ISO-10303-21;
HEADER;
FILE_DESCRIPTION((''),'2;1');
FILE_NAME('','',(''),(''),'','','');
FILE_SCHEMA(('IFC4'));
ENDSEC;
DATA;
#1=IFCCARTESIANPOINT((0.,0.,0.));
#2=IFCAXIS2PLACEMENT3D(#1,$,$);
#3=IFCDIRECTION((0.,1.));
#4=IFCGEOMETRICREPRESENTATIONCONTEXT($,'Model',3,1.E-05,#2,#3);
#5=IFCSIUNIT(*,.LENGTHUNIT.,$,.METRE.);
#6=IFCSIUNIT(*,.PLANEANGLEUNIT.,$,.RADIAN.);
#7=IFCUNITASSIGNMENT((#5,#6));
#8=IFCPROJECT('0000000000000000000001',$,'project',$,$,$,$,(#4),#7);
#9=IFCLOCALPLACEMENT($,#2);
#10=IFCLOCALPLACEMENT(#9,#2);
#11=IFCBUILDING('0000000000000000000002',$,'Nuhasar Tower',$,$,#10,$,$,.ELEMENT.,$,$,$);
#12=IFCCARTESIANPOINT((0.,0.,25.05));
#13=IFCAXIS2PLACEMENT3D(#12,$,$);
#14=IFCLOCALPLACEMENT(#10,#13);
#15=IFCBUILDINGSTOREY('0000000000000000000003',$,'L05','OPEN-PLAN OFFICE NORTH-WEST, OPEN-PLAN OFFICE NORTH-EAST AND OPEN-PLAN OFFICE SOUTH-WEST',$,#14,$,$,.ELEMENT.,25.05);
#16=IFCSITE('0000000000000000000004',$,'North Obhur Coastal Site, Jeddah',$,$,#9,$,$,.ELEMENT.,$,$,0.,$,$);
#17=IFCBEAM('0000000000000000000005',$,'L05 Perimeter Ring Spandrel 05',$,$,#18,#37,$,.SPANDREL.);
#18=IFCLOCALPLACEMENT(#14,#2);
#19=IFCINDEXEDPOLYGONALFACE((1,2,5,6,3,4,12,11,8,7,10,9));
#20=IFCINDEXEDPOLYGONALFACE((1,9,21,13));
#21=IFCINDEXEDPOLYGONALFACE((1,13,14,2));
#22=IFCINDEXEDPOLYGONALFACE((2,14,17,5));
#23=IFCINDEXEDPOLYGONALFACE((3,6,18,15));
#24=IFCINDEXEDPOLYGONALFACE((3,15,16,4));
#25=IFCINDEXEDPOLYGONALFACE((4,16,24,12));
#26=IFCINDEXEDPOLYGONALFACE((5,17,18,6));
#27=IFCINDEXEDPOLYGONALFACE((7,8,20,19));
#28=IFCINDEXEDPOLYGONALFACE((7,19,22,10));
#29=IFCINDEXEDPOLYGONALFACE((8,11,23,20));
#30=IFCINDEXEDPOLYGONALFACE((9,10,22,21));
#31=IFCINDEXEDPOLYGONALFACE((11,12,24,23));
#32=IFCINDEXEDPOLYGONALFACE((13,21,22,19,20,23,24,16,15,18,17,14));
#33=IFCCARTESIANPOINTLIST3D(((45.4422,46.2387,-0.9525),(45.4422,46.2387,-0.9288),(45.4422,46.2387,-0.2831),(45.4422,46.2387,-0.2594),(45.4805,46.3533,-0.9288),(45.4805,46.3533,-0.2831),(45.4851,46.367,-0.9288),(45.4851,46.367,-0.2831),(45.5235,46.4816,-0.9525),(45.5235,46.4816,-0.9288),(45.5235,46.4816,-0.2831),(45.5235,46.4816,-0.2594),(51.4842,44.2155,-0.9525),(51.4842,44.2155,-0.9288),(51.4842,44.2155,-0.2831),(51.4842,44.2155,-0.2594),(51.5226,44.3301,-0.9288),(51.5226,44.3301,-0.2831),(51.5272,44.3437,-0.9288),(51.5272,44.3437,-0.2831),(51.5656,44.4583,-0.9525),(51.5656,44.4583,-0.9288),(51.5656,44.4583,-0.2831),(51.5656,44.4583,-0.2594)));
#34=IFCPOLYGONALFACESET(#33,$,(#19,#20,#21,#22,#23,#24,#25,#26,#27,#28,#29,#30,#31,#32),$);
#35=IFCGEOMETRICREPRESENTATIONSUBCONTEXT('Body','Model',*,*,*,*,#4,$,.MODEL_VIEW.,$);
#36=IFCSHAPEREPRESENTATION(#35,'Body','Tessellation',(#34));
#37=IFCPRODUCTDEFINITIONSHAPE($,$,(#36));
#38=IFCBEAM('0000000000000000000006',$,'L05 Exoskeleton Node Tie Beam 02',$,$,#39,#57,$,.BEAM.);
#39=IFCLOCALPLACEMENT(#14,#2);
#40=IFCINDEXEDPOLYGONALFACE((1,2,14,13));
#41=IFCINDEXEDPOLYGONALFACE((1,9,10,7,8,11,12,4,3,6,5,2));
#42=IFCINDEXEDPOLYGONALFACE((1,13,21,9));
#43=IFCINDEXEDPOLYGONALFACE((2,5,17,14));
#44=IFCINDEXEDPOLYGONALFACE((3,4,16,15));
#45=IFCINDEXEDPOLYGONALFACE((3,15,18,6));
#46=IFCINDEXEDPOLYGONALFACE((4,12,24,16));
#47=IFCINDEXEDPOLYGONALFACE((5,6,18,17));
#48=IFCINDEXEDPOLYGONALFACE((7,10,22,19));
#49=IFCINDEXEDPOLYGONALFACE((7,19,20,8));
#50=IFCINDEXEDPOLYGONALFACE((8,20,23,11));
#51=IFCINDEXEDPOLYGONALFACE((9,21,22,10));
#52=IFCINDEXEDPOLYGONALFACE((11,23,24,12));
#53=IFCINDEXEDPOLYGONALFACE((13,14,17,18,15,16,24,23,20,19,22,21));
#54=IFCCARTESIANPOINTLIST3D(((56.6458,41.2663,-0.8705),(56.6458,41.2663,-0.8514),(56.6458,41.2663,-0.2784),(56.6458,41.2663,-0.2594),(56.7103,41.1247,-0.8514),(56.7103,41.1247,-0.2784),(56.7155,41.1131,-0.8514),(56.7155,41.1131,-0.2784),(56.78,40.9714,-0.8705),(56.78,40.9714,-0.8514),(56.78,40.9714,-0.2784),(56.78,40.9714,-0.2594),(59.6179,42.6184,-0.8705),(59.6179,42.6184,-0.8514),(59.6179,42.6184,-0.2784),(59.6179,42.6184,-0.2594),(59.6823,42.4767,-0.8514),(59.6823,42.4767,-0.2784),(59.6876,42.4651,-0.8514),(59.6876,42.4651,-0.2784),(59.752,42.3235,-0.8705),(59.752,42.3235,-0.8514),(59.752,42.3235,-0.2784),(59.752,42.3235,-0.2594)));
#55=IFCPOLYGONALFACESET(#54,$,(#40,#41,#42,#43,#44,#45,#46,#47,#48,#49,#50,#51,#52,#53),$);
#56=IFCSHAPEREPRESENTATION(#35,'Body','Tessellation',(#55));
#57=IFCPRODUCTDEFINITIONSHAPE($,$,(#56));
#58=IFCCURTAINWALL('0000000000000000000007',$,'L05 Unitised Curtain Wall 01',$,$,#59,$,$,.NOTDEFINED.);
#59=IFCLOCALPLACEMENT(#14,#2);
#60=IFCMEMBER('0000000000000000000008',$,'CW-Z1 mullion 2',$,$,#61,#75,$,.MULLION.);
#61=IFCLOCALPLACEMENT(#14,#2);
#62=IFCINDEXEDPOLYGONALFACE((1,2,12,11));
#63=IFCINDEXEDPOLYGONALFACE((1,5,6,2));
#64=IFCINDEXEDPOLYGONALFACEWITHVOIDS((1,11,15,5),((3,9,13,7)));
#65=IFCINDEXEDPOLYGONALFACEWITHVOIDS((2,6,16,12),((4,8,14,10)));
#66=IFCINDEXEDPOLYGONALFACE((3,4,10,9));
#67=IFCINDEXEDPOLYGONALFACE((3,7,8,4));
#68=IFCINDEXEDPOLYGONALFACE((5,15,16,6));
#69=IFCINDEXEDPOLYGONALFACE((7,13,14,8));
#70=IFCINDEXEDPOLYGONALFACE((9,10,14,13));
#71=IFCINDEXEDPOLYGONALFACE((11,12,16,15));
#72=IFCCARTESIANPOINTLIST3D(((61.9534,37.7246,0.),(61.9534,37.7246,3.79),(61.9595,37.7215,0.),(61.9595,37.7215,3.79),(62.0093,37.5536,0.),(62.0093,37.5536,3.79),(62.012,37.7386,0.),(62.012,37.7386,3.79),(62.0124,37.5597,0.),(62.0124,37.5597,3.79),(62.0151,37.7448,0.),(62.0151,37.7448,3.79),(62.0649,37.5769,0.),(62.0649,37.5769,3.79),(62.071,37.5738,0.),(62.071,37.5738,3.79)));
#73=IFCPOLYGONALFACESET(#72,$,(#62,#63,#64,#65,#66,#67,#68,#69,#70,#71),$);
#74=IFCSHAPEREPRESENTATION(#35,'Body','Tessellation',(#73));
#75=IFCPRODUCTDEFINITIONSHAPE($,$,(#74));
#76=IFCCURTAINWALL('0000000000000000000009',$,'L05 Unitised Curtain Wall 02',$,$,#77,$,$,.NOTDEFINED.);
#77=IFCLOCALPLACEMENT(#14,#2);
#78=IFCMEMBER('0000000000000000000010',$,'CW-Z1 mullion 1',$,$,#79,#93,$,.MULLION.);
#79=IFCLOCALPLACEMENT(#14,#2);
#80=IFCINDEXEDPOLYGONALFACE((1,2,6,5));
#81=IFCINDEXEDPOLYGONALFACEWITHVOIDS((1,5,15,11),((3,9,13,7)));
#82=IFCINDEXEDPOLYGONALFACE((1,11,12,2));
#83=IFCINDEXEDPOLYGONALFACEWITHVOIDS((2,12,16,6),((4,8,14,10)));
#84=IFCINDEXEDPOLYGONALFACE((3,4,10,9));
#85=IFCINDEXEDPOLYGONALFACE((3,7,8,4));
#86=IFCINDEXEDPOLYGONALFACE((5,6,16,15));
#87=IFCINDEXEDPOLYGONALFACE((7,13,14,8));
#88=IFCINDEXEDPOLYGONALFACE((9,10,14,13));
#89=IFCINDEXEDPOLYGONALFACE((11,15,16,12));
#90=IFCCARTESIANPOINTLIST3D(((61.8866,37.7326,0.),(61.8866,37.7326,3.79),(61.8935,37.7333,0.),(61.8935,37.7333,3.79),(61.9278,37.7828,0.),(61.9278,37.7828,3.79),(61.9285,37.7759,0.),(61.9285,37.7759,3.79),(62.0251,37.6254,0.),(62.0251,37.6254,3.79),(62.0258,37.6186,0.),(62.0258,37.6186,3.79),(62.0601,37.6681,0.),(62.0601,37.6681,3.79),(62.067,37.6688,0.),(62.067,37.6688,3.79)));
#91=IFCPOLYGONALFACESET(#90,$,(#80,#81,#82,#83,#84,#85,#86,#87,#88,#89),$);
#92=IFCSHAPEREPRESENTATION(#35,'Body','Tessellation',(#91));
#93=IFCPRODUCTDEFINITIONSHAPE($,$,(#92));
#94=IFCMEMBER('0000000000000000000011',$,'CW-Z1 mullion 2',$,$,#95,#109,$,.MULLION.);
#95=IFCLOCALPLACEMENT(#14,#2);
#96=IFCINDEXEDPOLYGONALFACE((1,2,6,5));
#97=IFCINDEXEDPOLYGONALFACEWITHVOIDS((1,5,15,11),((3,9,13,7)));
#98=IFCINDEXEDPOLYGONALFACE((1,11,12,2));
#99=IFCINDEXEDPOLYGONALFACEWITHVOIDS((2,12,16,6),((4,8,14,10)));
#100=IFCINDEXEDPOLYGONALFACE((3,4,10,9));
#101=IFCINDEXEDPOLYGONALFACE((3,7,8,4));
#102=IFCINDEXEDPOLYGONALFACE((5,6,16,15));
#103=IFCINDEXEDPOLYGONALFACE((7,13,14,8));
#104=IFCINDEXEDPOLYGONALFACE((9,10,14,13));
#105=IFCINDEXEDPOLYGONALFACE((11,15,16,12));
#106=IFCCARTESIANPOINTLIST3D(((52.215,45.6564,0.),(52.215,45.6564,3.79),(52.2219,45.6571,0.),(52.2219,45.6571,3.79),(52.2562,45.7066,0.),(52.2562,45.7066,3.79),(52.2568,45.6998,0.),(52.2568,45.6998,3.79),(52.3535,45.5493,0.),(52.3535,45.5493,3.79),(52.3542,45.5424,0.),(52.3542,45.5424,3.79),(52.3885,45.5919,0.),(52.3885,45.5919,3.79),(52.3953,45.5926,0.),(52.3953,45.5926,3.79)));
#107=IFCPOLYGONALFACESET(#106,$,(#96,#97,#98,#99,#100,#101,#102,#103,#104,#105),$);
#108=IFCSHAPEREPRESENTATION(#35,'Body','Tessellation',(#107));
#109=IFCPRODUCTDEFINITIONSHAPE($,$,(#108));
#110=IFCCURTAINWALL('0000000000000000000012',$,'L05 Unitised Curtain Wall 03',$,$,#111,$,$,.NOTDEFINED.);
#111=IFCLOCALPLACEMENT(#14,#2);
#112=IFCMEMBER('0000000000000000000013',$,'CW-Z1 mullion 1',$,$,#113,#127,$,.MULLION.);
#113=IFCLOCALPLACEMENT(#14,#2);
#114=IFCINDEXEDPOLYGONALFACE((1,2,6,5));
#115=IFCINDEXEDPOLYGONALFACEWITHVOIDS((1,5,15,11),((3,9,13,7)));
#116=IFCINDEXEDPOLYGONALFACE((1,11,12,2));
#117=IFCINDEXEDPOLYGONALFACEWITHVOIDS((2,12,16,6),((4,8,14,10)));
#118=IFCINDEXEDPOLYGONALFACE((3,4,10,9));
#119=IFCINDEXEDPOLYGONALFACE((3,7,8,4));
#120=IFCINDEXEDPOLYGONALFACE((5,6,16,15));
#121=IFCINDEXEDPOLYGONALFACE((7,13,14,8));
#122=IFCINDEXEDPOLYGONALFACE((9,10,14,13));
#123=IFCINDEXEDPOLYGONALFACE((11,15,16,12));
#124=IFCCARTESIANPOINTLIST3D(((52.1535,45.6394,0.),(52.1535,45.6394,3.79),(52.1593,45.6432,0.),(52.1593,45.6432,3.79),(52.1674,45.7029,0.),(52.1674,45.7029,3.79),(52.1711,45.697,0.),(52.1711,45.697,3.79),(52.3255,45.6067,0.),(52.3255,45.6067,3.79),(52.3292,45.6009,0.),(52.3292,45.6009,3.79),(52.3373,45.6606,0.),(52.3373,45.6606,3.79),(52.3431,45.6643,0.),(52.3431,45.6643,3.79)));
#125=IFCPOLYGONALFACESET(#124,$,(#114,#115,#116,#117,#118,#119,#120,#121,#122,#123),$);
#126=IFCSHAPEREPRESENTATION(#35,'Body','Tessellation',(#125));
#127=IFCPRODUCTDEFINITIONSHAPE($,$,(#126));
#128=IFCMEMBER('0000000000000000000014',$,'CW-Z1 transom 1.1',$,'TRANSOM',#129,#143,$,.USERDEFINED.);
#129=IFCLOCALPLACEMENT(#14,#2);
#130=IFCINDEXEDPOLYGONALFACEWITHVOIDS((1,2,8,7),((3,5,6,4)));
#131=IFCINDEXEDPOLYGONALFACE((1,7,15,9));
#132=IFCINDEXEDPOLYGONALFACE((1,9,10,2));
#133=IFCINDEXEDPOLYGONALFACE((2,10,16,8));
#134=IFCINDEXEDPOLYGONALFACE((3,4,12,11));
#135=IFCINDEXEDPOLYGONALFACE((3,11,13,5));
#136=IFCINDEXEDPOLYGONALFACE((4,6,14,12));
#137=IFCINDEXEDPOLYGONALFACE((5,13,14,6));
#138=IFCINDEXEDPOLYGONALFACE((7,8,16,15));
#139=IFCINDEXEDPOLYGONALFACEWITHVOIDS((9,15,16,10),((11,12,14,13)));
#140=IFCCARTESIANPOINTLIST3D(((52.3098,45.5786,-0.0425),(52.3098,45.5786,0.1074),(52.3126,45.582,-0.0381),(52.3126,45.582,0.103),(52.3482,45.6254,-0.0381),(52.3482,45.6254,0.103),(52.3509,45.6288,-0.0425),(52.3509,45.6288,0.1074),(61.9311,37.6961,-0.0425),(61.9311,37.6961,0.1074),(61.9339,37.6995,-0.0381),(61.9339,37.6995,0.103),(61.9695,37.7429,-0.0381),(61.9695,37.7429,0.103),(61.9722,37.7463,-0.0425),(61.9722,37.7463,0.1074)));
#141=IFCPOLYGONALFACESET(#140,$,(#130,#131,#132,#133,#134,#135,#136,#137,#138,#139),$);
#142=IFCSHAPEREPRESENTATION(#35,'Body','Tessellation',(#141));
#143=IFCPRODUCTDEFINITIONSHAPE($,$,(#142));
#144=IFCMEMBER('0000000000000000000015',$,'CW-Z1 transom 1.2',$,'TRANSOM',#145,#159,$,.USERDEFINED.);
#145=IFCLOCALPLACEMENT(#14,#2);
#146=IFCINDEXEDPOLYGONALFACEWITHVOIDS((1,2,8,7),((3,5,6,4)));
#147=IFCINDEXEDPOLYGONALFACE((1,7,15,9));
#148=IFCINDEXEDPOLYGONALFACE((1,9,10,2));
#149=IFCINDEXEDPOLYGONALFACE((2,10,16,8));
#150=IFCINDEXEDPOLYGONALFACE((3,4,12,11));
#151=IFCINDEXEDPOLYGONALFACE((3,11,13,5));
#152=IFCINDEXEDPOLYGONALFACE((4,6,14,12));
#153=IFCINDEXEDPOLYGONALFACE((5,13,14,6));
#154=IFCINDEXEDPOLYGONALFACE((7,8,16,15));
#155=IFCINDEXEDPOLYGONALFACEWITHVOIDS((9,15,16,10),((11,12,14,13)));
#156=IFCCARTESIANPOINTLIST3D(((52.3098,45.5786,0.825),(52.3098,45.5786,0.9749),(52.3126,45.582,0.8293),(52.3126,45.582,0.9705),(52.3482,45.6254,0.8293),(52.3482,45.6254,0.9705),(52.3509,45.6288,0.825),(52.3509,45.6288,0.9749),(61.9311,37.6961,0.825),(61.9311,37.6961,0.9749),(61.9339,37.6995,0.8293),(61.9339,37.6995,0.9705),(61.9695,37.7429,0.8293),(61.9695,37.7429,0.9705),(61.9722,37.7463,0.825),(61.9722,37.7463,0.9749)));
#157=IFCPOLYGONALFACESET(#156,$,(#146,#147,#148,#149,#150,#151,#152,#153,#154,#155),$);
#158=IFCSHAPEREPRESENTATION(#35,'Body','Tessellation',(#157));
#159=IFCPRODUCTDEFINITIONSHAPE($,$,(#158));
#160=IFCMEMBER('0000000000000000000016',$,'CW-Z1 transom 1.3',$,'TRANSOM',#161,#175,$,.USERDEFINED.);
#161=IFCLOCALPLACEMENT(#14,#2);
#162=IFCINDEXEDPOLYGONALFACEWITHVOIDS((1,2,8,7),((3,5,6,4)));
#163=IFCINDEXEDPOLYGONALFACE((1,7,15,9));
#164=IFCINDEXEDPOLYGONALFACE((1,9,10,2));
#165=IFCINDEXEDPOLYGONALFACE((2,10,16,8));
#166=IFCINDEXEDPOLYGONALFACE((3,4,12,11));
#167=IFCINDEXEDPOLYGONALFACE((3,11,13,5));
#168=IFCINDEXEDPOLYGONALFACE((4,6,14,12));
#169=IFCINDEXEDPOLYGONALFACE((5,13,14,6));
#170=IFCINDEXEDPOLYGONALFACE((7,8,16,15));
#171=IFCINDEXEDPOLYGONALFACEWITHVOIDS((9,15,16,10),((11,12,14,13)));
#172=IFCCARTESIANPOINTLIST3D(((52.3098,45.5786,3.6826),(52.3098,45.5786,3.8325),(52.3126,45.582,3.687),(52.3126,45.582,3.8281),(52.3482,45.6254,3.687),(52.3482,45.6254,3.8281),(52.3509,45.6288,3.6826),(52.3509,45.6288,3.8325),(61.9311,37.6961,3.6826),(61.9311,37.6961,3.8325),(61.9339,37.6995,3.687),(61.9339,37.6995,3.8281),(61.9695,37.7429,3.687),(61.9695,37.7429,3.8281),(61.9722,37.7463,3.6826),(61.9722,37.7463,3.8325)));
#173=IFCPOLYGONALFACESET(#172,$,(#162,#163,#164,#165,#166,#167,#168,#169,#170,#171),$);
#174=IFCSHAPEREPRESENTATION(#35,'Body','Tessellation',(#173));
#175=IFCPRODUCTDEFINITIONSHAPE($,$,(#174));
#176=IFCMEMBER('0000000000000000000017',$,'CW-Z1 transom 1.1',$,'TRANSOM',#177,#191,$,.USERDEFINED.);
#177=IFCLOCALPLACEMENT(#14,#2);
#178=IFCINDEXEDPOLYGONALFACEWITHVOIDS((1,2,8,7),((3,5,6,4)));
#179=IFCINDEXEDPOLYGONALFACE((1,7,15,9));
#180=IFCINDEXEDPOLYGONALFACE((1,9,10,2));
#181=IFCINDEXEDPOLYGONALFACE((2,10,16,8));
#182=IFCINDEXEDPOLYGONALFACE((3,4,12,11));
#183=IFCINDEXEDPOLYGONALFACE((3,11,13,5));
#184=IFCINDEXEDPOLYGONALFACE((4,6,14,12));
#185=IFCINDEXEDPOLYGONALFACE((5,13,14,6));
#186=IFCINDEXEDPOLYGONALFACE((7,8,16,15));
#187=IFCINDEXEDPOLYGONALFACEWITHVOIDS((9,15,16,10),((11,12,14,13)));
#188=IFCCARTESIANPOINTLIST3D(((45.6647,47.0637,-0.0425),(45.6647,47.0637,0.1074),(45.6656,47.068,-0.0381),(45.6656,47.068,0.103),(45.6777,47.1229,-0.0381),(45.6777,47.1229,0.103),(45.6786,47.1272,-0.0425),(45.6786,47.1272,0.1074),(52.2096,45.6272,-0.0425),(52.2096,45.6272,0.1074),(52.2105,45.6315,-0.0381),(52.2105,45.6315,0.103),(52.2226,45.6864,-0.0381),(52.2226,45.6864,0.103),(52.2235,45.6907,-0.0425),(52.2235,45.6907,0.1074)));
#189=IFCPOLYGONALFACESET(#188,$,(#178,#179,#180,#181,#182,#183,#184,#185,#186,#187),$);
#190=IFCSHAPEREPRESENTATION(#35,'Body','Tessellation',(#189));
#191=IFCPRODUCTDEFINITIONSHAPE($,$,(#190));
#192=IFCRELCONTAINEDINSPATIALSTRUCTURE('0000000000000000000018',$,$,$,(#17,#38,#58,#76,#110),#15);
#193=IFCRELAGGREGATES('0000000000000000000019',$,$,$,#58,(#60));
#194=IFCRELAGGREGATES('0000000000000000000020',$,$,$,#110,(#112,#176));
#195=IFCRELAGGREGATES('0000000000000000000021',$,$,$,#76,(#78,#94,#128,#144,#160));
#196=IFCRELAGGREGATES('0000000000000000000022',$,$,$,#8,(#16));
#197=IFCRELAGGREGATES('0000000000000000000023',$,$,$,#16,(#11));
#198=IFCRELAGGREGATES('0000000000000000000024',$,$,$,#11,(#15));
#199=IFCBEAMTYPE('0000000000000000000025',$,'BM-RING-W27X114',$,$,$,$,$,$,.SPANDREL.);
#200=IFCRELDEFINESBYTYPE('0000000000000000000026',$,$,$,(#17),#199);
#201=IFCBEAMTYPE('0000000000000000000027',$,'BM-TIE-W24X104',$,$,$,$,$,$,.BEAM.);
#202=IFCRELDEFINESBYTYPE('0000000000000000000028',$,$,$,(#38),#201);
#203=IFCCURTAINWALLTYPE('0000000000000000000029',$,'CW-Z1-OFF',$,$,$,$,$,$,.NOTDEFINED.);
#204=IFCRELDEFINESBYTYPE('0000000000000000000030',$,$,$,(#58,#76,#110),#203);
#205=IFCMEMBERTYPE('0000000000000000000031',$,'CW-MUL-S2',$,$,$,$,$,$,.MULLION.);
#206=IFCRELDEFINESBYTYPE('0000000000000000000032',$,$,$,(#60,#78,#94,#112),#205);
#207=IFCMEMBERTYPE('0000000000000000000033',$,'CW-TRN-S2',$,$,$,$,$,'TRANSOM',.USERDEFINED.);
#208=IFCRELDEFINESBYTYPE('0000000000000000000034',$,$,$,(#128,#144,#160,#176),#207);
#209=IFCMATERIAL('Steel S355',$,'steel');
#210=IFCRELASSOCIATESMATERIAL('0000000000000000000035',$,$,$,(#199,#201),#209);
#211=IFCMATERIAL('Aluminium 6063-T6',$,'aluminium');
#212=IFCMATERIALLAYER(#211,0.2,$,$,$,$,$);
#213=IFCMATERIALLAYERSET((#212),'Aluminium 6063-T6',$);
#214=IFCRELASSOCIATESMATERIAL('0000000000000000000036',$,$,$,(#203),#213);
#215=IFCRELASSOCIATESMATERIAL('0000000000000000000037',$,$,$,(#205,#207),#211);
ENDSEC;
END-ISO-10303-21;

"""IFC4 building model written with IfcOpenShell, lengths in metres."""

from ifc_helpers import new_model, si_unit, direction, frame, origin, origin_2d, place, context, subcontext, project, spatial, hollow_rectangle, i_section, extrude, material, layer, layer_set, material_profile, profile_set, type_object, element, aggregate, save


model = new_model("IFC4")

# Units and contexts
model_context = context("Model", 3, precision=1e-05, world=origin(), true_north=direction((0.0, 1.0)))
body_context = subcontext(model_context, "Body", "Model", "MODEL_VIEW")
ifc_project = project(units=[si_unit("LENGTHUNIT", "METRE"), si_unit("PLANEANGLEUNIT", "RADIAN")], contexts=[model_context])

# Site, building, storey
site_placement = place(None, origin())
site = spatial("IfcSite", under=ifc_project, at=site_placement, Name="North Obhur Coastal Site, Jeddah", CompositionType="ELEMENT", RefElevation=0.0)
building_placement = place(site_placement, origin())
building = spatial("IfcBuilding", under=site, at=building_placement, Name="Nuhasar Tower", CompositionType="ELEMENT")
storey_placement = place(building_placement, frame((0.0, 0.0, 25.05)))
storey = spatial("IfcBuildingStorey", under=building, at=storey_placement, Name="L05", Description="OPEN-PLAN OFFICE NORTH-WEST, OPEN-PLAN OFFICE NORTH-EAST AND OPEN-PLAN OFFICE SOUTH-WEST", CompositionType="ELEMENT", Elevation=25.05)

# Beams
ifc_material_1 = material(Name="Steel S355", Category="steel")
ifc_material_profile_1 = material_profile(ifc_material_1, i_section(OverallWidth=0.2561, OverallDepth=0.6931, WebThickness=0.0144, FlangeThickness=0.0237, at=origin_2d()), Name="W27X114")
ifc_profile_set_1 = profile_set([ifc_material_profile_1], Name="Steel S355")
beam_type_1 = type_object("IfcBeamType", Name="BM-RING-W27X114", PredefinedType="SPANDREL", material=ifc_profile_set_1)
beam_1_placement = place(storey_placement, frame((51.5249, 44.3369, -0.606), z_axis=(-0.948249, 0.317526, 0.0), x_axis=(-0.317526, -0.948249, 0.0)))
element("IfcBeam", 1, at=beam_1_placement, inside=storey, type_object=beam_type_1, Name="L05 Perimeter Ring Spandrel 05", PredefinedType="SPANDREL", context=body_context, shape_type="SweptSolid", body=[
    extrude(i_section(OverallWidth=0.2561, OverallDepth=0.6931, WebThickness=0.0144, FlangeThickness=0.0237, at=origin_2d()), origin(), (0.0, 0.0, 1.0), 6.3718),
])
ifc_material_profile_2 = material_profile(ifc_material_1, i_section(OverallWidth=0.324, OverallDepth=0.6111, WebThickness=0.0127, FlangeThickness=0.019, at=origin_2d()), Name="W24X104")
ifc_profile_set_2 = profile_set([ifc_material_profile_2], Name="Steel S355")
beam_type_2 = type_object("IfcBeamType", Name="BM-TIE-W24X104", PredefinedType="BEAM", material=ifc_profile_set_2)
beam_2_placement = place(storey_placement, frame((56.7129, 41.1189, -0.5649), z_axis=(0.910244, 0.414073, 0.0), x_axis=(-0.414073, 0.910244, 0.0)))
element("IfcBeam", 2, at=beam_2_placement, inside=storey, type_object=beam_type_2, Name="L05 Exoskeleton Node Tie Beam 02", PredefinedType="BEAM", context=body_context, shape_type="SweptSolid", body=[
    extrude(i_section(OverallWidth=0.324, OverallDepth=0.6111, WebThickness=0.0127, FlangeThickness=0.019, at=origin_2d()), origin(), (0.0, 0.0, 1.0), 3.2651),
])

# Curtain wall, member
ifc_material_2 = material(Name="Aluminium 6063-T6", Category="aluminium")
ifc_layer_1 = layer(ifc_material_2, 0.2)
ifc_layer_set_1 = layer_set([ifc_layer_1], Name="Aluminium 6063-T6")
curtain_wall_type = type_object("IfcCurtainWallType", Name="CW-Z1-OFF", PredefinedType="NOTDEFINED", material=ifc_layer_set_1)
curtain_wall_1_placement = place(storey_placement, origin())
curtain_wall_1 = element("IfcCurtainWall", 3, at=curtain_wall_1_placement, inside=storey, type_object=curtain_wall_type, Name="L05 Unitised Curtain Wall 01", PredefinedType="NOTDEFINED")
ifc_material_profile_3 = material_profile(ifc_material_2, hollow_rectangle(XDim=0.0649, YDim=0.1799, WallThickness=0.0049, at=origin_2d()), Name="CWM-2")
ifc_profile_set_3 = profile_set([ifc_material_profile_3], Name="Aluminium 6063-T6")
member_type_1 = type_object("IfcMemberType", Name="CW-MUL-S2", PredefinedType="MULLION", material=ifc_profile_set_3)
member_1_placement = place(storey_placement, frame((62.0122, 37.6492, 0.0), z_axis=(0.0, 0.0, 1.0), x_axis=(-0.950468, -0.310824, 0.0)))
member_1 = element("IfcMember", 4, at=member_1_placement, type_object=member_type_1, Name="CW-Z1 mullion 2", PredefinedType="MULLION", context=body_context, shape_type="SweptSolid", body=[
    extrude(hollow_rectangle(XDim=0.0649, YDim=0.1799, WallThickness=0.0049, at=origin_2d()), origin(), (0.0, 0.0, 1.0), 3.79),
])
aggregate(curtain_wall_1, [member_1])

# Curtain wall, members
curtain_wall_2_placement = place(storey_placement, origin())
curtain_wall_2 = element("IfcCurtainWall", 5, at=curtain_wall_2_placement, inside=storey, type_object=curtain_wall_type, Name="L05 Unitised Curtain Wall 02", PredefinedType="NOTDEFINED")
member_2_placement = place(storey_placement, frame((61.9768, 37.7007, 0.0), z_axis=(0.0, 0.0, 1.0), x_axis=(-0.633745, -0.773542, 0.0)))
member_2 = element("IfcMember", 6, at=member_2_placement, type_object=member_type_1, Name="CW-Z1 mullion 1", PredefinedType="MULLION", context=body_context, shape_type="SweptSolid", body=[
    extrude(hollow_rectangle(XDim=0.0649, YDim=0.1799, WallThickness=0.0049, at=origin_2d()), origin(), (0.0, 0.0, 1.0), 3.79),
])
member_3_placement = place(storey_placement, frame((52.3052, 45.6245, 0.0), z_axis=(0.0, 0.0, 1.0), x_axis=(-0.633745, -0.773542, 0.0)))
member_3 = element("IfcMember", 7, at=member_3_placement, type_object=member_type_1, Name="CW-Z1 mullion 2", PredefinedType="MULLION", context=body_context, shape_type="SweptSolid", body=[
    extrude(hollow_rectangle(XDim=0.0649, YDim=0.1799, WallThickness=0.0049, at=origin_2d()), origin(), (0.0, 0.0, 1.0), 3.79),
])

# Curtain wall, member
curtain_wall_3_placement = place(storey_placement, origin())
curtain_wall_3 = element("IfcCurtainWall", 8, at=curtain_wall_3_placement, inside=storey, type_object=curtain_wall_type, Name="L05 Unitised Curtain Wall 03", PredefinedType="NOTDEFINED")
member_4_placement = place(storey_placement, frame((52.2483, 45.6519, 0.0), z_axis=(0.0, 0.0, 1.0), x_axis=(-0.214399, -0.976746, 0.0)))
member_4 = element("IfcMember", 9, at=member_4_placement, type_object=member_type_1, Name="CW-Z1 mullion 1", PredefinedType="MULLION", context=body_context, shape_type="SweptSolid", body=[
    extrude(hollow_rectangle(XDim=0.0649, YDim=0.1799, WallThickness=0.0049, at=origin_2d()), origin(), (0.0, 0.0, 1.0), 3.79),
])

# Members
ifc_material_profile_4 = material_profile(ifc_material_2, hollow_rectangle(XDim=0.0649, YDim=0.1499, WallThickness=0.0044, at=origin_2d()), Name="CWT-2")
ifc_profile_set_4 = profile_set([ifc_material_profile_4], Name="Aluminium 6063-T6")
member_type_2 = type_object("IfcMemberType", Name="CW-TRN-S2", ElementType="TRANSOM", PredefinedType="USERDEFINED", material=ifc_profile_set_4)
member_5_placement = place(storey_placement, frame((61.9517, 37.7212, 0.0325), z_axis=(-0.773541, 0.633746, 0.0), x_axis=(-0.633746, -0.773541, 0.0)))
member_5 = element("IfcMember", 10, at=member_5_placement, type_object=member_type_2, Name="CW-Z1 transom 1.1", ObjectType="TRANSOM", PredefinedType="USERDEFINED", context=body_context, shape_type="SweptSolid", body=[
    extrude(hollow_rectangle(XDim=0.0649, YDim=0.1499, WallThickness=0.0044, at=origin_2d()), origin(), (0.0, 0.0, 1.0), 12.438),
])
member_6_placement = place(storey_placement, frame((61.9517, 37.7212, 0.8999), z_axis=(-0.773541, 0.633746, 0.0), x_axis=(-0.633746, -0.773541, 0.0)))
member_6 = element("IfcMember", 11, at=member_6_placement, type_object=member_type_2, Name="CW-Z1 transom 1.2", ObjectType="TRANSOM", PredefinedType="USERDEFINED", context=body_context, shape_type="SweptSolid", body=[
    extrude(hollow_rectangle(XDim=0.0649, YDim=0.1499, WallThickness=0.0044, at=origin_2d()), origin(), (0.0, 0.0, 1.0), 12.438),
])
member_7_placement = place(storey_placement, frame((61.9517, 37.7212, 3.7576), z_axis=(-0.773541, 0.633746, 0.0), x_axis=(-0.633746, -0.773541, 0.0)))
member_7 = element("IfcMember", 12, at=member_7_placement, type_object=member_type_2, Name="CW-Z1 transom 1.3", ObjectType="TRANSOM", PredefinedType="USERDEFINED", context=body_context, shape_type="SweptSolid", body=[
    extrude(hollow_rectangle(XDim=0.0649, YDim=0.1499, WallThickness=0.0044, at=origin_2d()), origin(), (0.0, 0.0, 1.0), 12.438),
])
member_8_placement = place(storey_placement, frame((52.2166, 45.6589, 0.0325), z_axis=(-0.97675, 0.214384, 0.0), x_axis=(-0.214384, -0.97675, 0.0)))
member_8 = element("IfcMember", 13, at=member_8_placement, type_object=member_type_2, Name="CW-Z1 transom 1.1", ObjectType="TRANSOM", PredefinedType="USERDEFINED", context=body_context, shape_type="SweptSolid", body=[
    extrude(hollow_rectangle(XDim=0.0649, YDim=0.1499, WallThickness=0.0044, at=origin_2d()), origin(), (0.0, 0.0, 1.0), 6.7007),
])
aggregate(curtain_wall_3, [member_4, member_8])

aggregate(curtain_wall_2, [member_2, member_3, member_5, member_6, member_7])

save(model, "model.ifc")
